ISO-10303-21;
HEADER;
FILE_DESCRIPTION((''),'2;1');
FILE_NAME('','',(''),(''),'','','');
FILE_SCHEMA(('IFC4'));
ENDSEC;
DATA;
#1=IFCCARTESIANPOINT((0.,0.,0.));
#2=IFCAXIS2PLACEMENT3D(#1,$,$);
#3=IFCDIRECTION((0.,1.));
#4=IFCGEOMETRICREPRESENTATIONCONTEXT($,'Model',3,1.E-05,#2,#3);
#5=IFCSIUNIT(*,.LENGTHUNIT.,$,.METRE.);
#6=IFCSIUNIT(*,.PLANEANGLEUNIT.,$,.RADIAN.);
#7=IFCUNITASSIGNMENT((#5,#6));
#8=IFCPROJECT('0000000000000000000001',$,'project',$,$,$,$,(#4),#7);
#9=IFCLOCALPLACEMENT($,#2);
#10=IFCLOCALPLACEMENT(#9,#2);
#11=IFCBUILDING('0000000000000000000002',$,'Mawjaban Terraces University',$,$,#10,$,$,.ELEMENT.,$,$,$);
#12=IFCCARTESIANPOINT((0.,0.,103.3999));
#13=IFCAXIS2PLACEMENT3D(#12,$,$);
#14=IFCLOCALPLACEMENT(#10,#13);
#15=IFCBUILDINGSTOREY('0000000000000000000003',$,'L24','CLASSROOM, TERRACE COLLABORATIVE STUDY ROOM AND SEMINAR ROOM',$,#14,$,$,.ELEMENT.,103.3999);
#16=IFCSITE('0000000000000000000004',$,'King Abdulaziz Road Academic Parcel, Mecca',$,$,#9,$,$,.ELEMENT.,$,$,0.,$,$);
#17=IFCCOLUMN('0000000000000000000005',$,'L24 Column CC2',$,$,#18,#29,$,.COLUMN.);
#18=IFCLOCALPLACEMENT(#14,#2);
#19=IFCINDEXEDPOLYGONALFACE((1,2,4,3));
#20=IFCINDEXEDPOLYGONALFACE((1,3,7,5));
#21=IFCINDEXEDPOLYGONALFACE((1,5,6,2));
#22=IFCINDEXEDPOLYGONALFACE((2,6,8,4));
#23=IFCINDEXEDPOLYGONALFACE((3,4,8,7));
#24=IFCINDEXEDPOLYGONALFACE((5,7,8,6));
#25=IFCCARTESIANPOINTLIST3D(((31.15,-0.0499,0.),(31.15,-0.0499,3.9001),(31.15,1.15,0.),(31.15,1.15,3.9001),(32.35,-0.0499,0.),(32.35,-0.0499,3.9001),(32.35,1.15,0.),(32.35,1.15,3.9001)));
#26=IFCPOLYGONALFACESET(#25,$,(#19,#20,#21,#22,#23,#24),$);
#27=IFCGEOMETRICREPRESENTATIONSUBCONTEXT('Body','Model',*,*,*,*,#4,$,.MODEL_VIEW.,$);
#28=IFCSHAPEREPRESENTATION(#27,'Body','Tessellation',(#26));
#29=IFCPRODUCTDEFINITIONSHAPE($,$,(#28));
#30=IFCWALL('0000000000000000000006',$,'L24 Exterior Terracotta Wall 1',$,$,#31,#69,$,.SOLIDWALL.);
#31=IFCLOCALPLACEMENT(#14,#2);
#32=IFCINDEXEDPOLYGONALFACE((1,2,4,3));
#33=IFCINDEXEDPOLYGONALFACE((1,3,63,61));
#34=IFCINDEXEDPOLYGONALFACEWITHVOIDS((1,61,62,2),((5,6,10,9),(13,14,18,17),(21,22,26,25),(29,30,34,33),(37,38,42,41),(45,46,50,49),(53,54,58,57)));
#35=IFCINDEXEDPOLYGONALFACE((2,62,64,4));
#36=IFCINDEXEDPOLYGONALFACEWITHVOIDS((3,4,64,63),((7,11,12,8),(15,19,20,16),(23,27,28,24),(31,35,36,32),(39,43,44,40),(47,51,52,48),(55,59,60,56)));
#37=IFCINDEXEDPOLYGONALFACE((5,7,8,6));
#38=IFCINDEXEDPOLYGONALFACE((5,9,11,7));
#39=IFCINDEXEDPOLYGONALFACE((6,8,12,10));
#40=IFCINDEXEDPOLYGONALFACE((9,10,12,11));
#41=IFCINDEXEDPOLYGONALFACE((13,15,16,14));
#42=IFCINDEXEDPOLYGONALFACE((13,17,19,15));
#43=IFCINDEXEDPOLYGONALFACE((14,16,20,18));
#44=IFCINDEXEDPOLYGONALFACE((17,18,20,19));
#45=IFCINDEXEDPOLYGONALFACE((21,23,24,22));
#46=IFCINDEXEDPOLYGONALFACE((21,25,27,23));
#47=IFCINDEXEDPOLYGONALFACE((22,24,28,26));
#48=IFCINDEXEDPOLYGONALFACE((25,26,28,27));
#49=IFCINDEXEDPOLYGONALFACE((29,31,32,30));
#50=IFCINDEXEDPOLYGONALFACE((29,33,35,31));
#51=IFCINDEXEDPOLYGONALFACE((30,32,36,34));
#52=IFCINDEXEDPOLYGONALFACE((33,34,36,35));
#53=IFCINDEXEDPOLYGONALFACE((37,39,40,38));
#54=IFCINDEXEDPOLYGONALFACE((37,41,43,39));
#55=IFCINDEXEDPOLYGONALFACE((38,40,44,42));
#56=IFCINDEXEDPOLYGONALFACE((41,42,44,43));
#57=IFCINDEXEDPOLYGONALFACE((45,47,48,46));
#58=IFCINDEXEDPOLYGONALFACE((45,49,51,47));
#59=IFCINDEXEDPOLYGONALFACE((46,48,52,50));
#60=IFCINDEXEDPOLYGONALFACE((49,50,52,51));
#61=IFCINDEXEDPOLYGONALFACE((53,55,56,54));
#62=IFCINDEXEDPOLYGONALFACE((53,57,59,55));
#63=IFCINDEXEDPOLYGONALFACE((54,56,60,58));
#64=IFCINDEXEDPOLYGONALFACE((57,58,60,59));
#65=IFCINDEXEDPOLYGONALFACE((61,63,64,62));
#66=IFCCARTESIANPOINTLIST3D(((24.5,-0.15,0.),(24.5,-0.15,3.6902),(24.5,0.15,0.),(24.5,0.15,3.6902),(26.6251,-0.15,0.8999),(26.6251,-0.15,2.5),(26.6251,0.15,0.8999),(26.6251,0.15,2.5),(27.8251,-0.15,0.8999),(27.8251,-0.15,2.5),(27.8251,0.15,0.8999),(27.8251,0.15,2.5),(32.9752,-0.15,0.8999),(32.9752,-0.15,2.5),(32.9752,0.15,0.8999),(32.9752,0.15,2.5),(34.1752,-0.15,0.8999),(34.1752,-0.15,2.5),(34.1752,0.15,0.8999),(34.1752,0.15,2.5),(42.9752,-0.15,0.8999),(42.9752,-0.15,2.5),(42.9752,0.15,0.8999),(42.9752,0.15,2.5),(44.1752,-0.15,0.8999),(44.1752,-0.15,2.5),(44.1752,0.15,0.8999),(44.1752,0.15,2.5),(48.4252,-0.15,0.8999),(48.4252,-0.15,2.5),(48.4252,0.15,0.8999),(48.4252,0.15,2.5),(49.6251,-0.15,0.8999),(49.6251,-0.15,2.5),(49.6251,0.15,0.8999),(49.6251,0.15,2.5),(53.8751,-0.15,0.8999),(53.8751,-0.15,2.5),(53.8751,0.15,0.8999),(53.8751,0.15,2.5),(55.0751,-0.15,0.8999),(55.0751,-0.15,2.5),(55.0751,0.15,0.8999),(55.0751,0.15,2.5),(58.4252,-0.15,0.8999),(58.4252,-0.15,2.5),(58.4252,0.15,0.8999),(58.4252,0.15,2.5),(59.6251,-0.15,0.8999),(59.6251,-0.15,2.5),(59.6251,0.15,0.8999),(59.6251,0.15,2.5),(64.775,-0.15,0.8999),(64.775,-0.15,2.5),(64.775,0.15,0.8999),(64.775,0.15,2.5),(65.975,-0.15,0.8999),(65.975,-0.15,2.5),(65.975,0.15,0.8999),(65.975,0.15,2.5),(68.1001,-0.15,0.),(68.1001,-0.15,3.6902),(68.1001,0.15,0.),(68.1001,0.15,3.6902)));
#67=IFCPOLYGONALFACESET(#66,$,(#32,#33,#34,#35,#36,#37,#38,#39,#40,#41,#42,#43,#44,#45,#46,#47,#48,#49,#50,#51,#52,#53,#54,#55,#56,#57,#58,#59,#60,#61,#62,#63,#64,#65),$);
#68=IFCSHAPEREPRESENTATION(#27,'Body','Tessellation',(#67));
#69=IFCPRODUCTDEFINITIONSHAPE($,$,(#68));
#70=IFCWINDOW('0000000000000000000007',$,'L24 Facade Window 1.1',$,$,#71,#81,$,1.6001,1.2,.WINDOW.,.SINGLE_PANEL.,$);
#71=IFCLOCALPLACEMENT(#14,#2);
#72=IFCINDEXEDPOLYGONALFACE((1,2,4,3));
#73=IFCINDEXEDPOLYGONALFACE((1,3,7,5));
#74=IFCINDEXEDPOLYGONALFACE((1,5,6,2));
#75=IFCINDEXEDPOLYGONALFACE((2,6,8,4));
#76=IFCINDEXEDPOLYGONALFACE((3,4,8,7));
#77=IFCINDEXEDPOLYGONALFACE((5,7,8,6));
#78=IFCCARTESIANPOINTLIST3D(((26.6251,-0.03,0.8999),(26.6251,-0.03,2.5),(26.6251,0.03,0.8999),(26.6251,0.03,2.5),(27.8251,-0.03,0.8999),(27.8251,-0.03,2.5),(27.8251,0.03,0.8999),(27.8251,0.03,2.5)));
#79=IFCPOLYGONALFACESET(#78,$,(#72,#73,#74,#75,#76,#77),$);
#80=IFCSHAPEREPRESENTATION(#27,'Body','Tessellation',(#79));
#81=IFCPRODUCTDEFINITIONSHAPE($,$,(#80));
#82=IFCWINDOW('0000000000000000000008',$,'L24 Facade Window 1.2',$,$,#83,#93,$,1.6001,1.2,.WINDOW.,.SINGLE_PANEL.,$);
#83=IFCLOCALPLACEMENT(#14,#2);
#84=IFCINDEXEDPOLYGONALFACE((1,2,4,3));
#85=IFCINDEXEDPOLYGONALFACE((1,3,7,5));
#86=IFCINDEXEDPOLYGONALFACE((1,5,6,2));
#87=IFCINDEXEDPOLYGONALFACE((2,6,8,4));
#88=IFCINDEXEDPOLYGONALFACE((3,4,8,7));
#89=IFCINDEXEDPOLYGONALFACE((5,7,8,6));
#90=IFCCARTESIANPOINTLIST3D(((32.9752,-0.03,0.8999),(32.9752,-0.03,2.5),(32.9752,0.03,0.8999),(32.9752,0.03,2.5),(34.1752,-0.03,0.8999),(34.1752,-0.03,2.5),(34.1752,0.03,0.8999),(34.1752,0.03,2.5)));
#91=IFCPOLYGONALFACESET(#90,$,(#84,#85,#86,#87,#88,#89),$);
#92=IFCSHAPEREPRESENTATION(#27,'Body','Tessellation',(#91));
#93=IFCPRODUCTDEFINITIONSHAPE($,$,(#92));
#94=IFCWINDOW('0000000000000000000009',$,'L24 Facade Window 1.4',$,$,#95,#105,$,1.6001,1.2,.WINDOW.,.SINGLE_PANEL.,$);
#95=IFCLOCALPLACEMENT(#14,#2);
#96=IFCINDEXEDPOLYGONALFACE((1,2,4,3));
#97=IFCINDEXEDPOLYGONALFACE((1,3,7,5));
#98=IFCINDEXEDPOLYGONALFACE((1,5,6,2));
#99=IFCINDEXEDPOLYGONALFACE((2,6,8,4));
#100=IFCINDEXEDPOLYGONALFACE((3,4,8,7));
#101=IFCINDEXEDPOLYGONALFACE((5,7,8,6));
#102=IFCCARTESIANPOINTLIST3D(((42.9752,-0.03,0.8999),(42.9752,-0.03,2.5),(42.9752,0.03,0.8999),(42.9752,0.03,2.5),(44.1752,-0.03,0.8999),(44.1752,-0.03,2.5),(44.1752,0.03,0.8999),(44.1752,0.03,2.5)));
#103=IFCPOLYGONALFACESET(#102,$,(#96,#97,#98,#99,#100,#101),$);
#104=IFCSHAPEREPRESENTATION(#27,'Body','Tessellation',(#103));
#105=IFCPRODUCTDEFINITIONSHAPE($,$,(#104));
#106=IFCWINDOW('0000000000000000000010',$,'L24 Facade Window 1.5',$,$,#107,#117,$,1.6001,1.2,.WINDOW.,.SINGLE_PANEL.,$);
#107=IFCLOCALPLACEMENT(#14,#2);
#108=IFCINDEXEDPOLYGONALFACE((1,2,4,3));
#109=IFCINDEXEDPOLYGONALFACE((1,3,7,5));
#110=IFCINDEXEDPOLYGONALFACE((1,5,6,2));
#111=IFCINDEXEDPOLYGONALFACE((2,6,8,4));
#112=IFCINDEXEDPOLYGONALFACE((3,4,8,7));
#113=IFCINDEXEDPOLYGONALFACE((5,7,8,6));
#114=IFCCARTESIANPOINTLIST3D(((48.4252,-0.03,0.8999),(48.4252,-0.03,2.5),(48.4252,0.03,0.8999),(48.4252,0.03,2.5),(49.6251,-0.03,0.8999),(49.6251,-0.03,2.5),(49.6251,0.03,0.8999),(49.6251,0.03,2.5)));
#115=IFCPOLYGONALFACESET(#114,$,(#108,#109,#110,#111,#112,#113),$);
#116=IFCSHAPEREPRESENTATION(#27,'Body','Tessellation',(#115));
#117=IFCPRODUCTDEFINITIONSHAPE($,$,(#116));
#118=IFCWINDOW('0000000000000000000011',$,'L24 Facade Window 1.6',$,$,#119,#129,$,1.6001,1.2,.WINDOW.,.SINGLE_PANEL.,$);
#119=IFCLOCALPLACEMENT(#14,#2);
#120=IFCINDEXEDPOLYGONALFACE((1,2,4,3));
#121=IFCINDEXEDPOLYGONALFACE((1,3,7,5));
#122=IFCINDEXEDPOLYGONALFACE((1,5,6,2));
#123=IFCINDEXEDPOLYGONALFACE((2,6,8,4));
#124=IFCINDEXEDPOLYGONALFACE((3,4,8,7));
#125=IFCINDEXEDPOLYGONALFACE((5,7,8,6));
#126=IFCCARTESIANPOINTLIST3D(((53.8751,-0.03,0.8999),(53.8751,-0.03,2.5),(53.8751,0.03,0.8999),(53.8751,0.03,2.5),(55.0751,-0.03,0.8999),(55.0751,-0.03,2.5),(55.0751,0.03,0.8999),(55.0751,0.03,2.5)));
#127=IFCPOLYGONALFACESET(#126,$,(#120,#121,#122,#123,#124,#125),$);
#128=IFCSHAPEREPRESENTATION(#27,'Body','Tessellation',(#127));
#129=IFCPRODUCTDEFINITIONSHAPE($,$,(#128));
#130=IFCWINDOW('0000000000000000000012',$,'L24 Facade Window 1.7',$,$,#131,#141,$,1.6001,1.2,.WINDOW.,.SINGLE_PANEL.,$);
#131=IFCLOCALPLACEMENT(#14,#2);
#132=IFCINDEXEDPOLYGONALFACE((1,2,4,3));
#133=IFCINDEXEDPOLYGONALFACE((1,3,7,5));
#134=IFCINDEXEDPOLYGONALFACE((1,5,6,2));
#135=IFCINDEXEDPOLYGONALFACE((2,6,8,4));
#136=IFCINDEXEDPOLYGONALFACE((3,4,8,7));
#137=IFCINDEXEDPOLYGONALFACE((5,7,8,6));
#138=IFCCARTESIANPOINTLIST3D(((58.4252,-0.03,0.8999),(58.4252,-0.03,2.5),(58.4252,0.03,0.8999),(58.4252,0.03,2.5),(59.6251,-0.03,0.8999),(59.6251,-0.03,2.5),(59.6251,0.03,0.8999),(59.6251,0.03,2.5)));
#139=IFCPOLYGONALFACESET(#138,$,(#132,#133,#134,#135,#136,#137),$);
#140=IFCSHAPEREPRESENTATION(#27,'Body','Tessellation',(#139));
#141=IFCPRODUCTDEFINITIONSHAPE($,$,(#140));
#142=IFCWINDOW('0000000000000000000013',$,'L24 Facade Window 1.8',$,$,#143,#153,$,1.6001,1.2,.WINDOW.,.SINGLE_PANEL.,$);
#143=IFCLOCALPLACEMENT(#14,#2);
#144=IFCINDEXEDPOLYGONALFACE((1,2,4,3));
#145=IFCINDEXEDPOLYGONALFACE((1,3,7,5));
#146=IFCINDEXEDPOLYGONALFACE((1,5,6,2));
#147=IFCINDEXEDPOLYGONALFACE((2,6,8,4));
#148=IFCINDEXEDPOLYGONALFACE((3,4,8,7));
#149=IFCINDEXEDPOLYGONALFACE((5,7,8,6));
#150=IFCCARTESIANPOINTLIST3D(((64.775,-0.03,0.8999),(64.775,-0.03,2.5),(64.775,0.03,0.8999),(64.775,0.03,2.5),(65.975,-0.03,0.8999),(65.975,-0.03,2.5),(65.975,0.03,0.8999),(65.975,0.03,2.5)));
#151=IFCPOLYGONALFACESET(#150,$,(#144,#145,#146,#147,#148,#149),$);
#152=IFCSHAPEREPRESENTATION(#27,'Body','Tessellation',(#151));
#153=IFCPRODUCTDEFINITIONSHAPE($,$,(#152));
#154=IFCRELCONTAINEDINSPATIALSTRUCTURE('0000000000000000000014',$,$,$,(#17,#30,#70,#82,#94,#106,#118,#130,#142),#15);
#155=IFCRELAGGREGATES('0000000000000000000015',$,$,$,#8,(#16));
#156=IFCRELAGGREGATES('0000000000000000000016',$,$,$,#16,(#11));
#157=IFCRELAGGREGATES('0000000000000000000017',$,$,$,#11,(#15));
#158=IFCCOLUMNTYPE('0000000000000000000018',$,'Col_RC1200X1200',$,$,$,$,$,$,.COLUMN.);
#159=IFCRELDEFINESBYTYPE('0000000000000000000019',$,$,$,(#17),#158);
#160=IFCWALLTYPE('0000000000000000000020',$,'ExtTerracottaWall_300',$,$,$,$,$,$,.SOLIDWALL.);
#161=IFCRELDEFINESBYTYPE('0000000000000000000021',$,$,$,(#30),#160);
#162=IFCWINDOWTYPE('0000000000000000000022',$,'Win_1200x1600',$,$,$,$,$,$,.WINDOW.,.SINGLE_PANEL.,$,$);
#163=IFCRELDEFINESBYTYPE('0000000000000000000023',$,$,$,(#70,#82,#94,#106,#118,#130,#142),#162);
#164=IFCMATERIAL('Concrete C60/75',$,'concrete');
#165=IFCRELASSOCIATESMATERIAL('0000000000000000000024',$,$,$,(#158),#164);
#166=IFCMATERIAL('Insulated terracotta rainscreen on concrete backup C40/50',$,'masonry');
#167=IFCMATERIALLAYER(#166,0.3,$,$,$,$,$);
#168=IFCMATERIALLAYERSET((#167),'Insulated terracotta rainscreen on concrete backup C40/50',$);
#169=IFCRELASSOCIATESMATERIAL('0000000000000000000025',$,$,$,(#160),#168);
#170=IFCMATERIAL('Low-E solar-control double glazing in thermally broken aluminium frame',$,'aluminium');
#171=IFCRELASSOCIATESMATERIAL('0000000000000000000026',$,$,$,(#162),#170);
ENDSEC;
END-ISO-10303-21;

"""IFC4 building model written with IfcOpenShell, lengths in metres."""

from ifc_helpers import new_model, si_unit, direction, frame, frame_2d, origin, origin_2d, place, context, subcontext, project, spatial, rectangle, extrude, material, layer, layer_set, material_profile, profile_set, type_object, element, fill, save


model = new_model("IFC4")

# Units and contexts
model_context = context("Model", 3, precision=1e-05, world=origin(), true_north=direction((0.0, 1.0)))
body_context = subcontext(model_context, "Body", "Model", "MODEL_VIEW")
ifc_project = project(units=[si_unit("LENGTHUNIT", "METRE"), si_unit("PLANEANGLEUNIT", "RADIAN")], contexts=[model_context])

# Site, building, storey
site_placement = place(None, origin())
site = spatial("IfcSite", under=ifc_project, at=site_placement, Name="King Abdulaziz Road Academic Parcel, Mecca", CompositionType="ELEMENT", RefElevation=0.0)
building_placement = place(site_placement, origin())
building = spatial("IfcBuilding", under=site, at=building_placement, Name="Mawjaban Terraces University", CompositionType="ELEMENT")
storey_placement = place(building_placement, frame((0.0, 0.0, 103.3999)))
storey = spatial("IfcBuildingStorey", under=building, at=storey_placement, Name="L24", Description="CLASSROOM, TERRACE COLLABORATIVE STUDY ROOM AND SEMINAR ROOM", CompositionType="ELEMENT", Elevation=103.3999)

# Column
ifc_material_1 = material(Name="Concrete C60/75", Category="concrete")
ifc_material_profile = material_profile(ifc_material_1, rectangle(XDim=1.2, YDim=1.2, at=origin_2d()), Name="RC1200X1200")
ifc_profile_set = profile_set([ifc_material_profile], Name="Concrete C60/75")
column_type = type_object("IfcColumnType", Name="Col_RC1200X1200", PredefinedType="COLUMN", material=ifc_profile_set)
column_placement = place(storey_placement, frame((31.75, 0.55, 0.0), z_axis=(0.0, 0.0, 1.0), x_axis=(1.0, 0.0, 0.0)))
element("IfcColumn", 1, at=column_placement, inside=storey, type_object=column_type, Name="L24 Column CC2", PredefinedType="COLUMN", context=body_context, shape_type="SweptSolid", body=[
    extrude(rectangle(XDim=1.2, YDim=1.2, at=origin_2d()), origin(), (0.0, 0.0, 1.0), 3.9001),
])

# Wall, openings, windows
ifc_material_2 = material(Name="Insulated terracotta rainscreen on concrete backup C40/50", Category="masonry")
ifc_layer_1 = layer(ifc_material_2, 0.3)
ifc_layer_set_1 = layer_set([ifc_layer_1], Name="Insulated terracotta rainscreen on concrete backup C40/50")
wall_type_1 = type_object("IfcWallType", Name="ExtTerracottaWall_300", PredefinedType="SOLIDWALL", material=ifc_layer_set_1)
wall_1_placement = place(storey_placement, frame((24.5, 0.0, 0.0), z_axis=(0.0, 0.0, 1.0), x_axis=(1.0, 0.0, 0.0)))
wall_1 = element("IfcWall", 2, at=wall_1_placement, inside=storey, type_object=wall_type_1, Name="L24 Exterior Terracotta Wall 1", PredefinedType="SOLIDWALL", context=body_context, shape_type="SweptSolid", body=[
    extrude(rectangle(XDim=43.6001, YDim=0.3, at=frame_2d((21.8, 0.0))), origin(), (0.0, 0.0, 1.0), 3.6902),
])
opening_1_placement = place(wall_1_placement, frame((2.125, 0.0, 0.8999)))
opening_1 = element("IfcOpeningElement", 3, at=opening_1_placement, cuts=wall_1, PredefinedType="OPENING", context=body_context, shape_type="SweptSolid", body=[
    extrude(rectangle(XDim=1.2, YDim=1.6001, at=frame_2d((0.6001, 0.8))), frame((0.0, 0.1599, 0.0), z_axis=(0.0, -1.0, 0.0), x_axis=(1.0, 0.0, 0.0)), (0.0, 0.0, 1.0), 0.3201),
])
opening_2_placement = place(wall_1_placement, frame((8.4751, 0.0, 0.8999)))
opening_2 = element("IfcOpeningElement", 4, at=opening_2_placement, cuts=wall_1, PredefinedType="OPENING", context=body_context, shape_type="SweptSolid", body=[
    extrude(rectangle(XDim=1.2, YDim=1.6001, at=frame_2d((0.6001, 0.8))), frame((0.0, 0.1599, 0.0), z_axis=(0.0, -1.0, 0.0), x_axis=(1.0, 0.0, 0.0)), (0.0, 0.0, 1.0), 0.3201),
])
opening_3_placement = place(wall_1_placement, frame((18.4751, 0.0, 0.8999)))
opening_3 = element("IfcOpeningElement", 5, at=opening_3_placement, cuts=wall_1, PredefinedType="OPENING", context=body_context, shape_type="SweptSolid", body=[
    extrude(rectangle(XDim=1.2, YDim=1.6001, at=frame_2d((0.6001, 0.8))), frame((0.0, 0.1599, 0.0), z_axis=(0.0, -1.0, 0.0), x_axis=(1.0, 0.0, 0.0)), (0.0, 0.0, 1.0), 0.3201),
])
opening_4_placement = place(wall_1_placement, frame((23.925, 0.0, 0.8999)))
opening_4 = element("IfcOpeningElement", 6, at=opening_4_placement, cuts=wall_1, PredefinedType="OPENING", context=body_context, shape_type="SweptSolid", body=[
    extrude(rectangle(XDim=1.2, YDim=1.6001, at=frame_2d((0.6001, 0.8))), frame((0.0, 0.1599, 0.0), z_axis=(0.0, -1.0, 0.0), x_axis=(1.0, 0.0, 0.0)), (0.0, 0.0, 1.0), 0.3201),
])
opening_5_placement = place(wall_1_placement, frame((29.375, 0.0, 0.8999)))
opening_5 = element("IfcOpeningElement", 7, at=opening_5_placement, cuts=wall_1, PredefinedType="OPENING", context=body_context, shape_type="SweptSolid", body=[
    extrude(rectangle(XDim=1.2, YDim=1.6001, at=frame_2d((0.6001, 0.8))), frame((0.0, 0.1599, 0.0), z_axis=(0.0, -1.0, 0.0), x_axis=(1.0, 0.0, 0.0)), (0.0, 0.0, 1.0), 0.3201),
])
opening_6_placement = place(wall_1_placement, frame((33.925, 0.0, 0.8999)))
opening_6 = element("IfcOpeningElement", 8, at=opening_6_placement, cuts=wall_1, PredefinedType="OPENING", context=body_context, shape_type="SweptSolid", body=[
    extrude(rectangle(XDim=1.2, YDim=1.6001, at=frame_2d((0.6001, 0.8))), frame((0.0, 0.1599, 0.0), z_axis=(0.0, -1.0, 0.0), x_axis=(1.0, 0.0, 0.0)), (0.0, 0.0, 1.0), 0.3201),
])
opening_7_placement = place(wall_1_placement, frame((40.2749, 0.0, 0.8999)))
opening_7 = element("IfcOpeningElement", 9, at=opening_7_placement, cuts=wall_1, PredefinedType="OPENING", context=body_context, shape_type="SweptSolid", body=[
    extrude(rectangle(XDim=1.2, YDim=1.6001, at=frame_2d((0.6001, 0.8))), frame((0.0, 0.1599, 0.0), z_axis=(0.0, -1.0, 0.0), x_axis=(1.0, 0.0, 0.0)), (0.0, 0.0, 1.0), 0.3201),
])
ifc_material_3 = material(Name="Low-E solar-control double glazing in thermally broken aluminium frame", Category="aluminium")
window_type = type_object("IfcWindowType", Name="Win_1200x1600", PartitioningType="SINGLE_PANEL", PredefinedType="WINDOW", material=ifc_material_3)
window_1_placement = place(opening_1_placement, origin())
window_1 = element("IfcWindow", 10, at=window_1_placement, inside=storey, type_object=window_type, Name="L24 Facade Window 1.1", OverallHeight=1.6001, OverallWidth=1.2, PartitioningType="SINGLE_PANEL", PredefinedType="WINDOW", context=body_context, shape_type="SweptSolid", body=[
    extrude(rectangle(XDim=1.2, YDim=1.6001, at=frame_2d((0.6001, 0.8))), frame((0.0, 0.03, 0.0), z_axis=(0.0, -1.0, 0.0), x_axis=(1.0, 0.0, 0.0)), (0.0, 0.0, 1.0), 0.0601),
])
fill(opening_1, window_1)
window_2_placement = place(opening_2_placement, origin())
window_2 = element("IfcWindow", 11, at=window_2_placement, inside=storey, type_object=window_type, Name="L24 Facade Window 1.2", OverallHeight=1.6001, OverallWidth=1.2, PartitioningType="SINGLE_PANEL", PredefinedType="WINDOW", context=body_context, shape_type="SweptSolid", body=[
    extrude(rectangle(XDim=1.2, YDim=1.6001, at=frame_2d((0.6001, 0.8))), frame((0.0, 0.03, 0.0), z_axis=(0.0, -1.0, 0.0), x_axis=(1.0, 0.0, 0.0)), (0.0, 0.0, 1.0), 0.0601),
])
fill(opening_2, window_2)
window_3_placement = place(opening_3_placement, origin())
window_3 = element("IfcWindow", 12, at=window_3_placement, inside=storey, type_object=window_type, Name="L24 Facade Window 1.4", OverallHeight=1.6001, OverallWidth=1.2, PartitioningType="SINGLE_PANEL", PredefinedType="WINDOW", context=body_context, shape_type="SweptSolid", body=[
    extrude(rectangle(XDim=1.2, YDim=1.6001, at=frame_2d((0.6001, 0.8))), frame((0.0, 0.03, 0.0), z_axis=(0.0, -1.0, 0.0), x_axis=(1.0, 0.0, 0.0)), (0.0, 0.0, 1.0), 0.0601),
])
fill(opening_3, window_3)
window_4_placement = place(opening_4_placement, origin())
window_4 = element("IfcWindow", 13, at=window_4_placement, inside=storey, type_object=window_type, Name="L24 Facade Window 1.5", OverallHeight=1.6001, OverallWidth=1.2, PartitioningType="SINGLE_PANEL", PredefinedType="WINDOW", context=body_context, shape_type="SweptSolid", body=[
    extrude(rectangle(XDim=1.2, YDim=1.6001, at=frame_2d((0.6001, 0.8))), frame((0.0, 0.03, 0.0), z_axis=(0.0, -1.0, 0.0), x_axis=(1.0, 0.0, 0.0)), (0.0, 0.0, 1.0), 0.0601),
])
fill(opening_4, window_4)
window_5_placement = place(opening_5_placement, origin())
window_5 = element("IfcWindow", 14, at=window_5_placement, inside=storey, type_object=window_type, Name="L24 Facade Window 1.6", OverallHeight=1.6001, OverallWidth=1.2, PartitioningType="SINGLE_PANEL", PredefinedType="WINDOW", context=body_context, shape_type="SweptSolid", body=[
    extrude(rectangle(XDim=1.2, YDim=1.6001, at=frame_2d((0.6001, 0.8))), frame((0.0, 0.03, 0.0), z_axis=(0.0, -1.0, 0.0), x_axis=(1.0, 0.0, 0.0)), (0.0, 0.0, 1.0), 0.0601),
])
fill(opening_5, window_5)
window_6_placement = place(opening_6_placement, origin())
window_6 = element("IfcWindow", 15, at=window_6_placement, inside=storey, type_object=window_type, Name="L24 Facade Window 1.7", OverallHeight=1.6001, OverallWidth=1.2, PartitioningType="SINGLE_PANEL", PredefinedType="WINDOW", context=body_context, shape_type="SweptSolid", body=[
    extrude(rectangle(XDim=1.2, YDim=1.6001, at=frame_2d((0.6001, 0.8))), frame((0.0, 0.03, 0.0), z_axis=(0.0, -1.0, 0.0), x_axis=(1.0, 0.0, 0.0)), (0.0, 0.0, 1.0), 0.0601),
])
fill(opening_6, window_6)
window_7_placement = place(opening_7_placement, origin())
window_7 = element("IfcWindow", 16, at=window_7_placement, inside=storey, type_object=window_type, Name="L24 Facade Window 1.8", OverallHeight=1.6001, OverallWidth=1.2, PartitioningType="SINGLE_PANEL", PredefinedType="WINDOW", context=body_context, shape_type="SweptSolid", body=[
    extrude(rectangle(XDim=1.2, YDim=1.6001, at=frame_2d((0.6001, 0.8))), frame((0.0, 0.03, 0.0), z_axis=(0.0, -1.0, 0.0), x_axis=(1.0, 0.0, 0.0)), (0.0, 0.0, 1.0), 0.0601),
])
fill(opening_7, window_7)

save(model, "model.ifc")
